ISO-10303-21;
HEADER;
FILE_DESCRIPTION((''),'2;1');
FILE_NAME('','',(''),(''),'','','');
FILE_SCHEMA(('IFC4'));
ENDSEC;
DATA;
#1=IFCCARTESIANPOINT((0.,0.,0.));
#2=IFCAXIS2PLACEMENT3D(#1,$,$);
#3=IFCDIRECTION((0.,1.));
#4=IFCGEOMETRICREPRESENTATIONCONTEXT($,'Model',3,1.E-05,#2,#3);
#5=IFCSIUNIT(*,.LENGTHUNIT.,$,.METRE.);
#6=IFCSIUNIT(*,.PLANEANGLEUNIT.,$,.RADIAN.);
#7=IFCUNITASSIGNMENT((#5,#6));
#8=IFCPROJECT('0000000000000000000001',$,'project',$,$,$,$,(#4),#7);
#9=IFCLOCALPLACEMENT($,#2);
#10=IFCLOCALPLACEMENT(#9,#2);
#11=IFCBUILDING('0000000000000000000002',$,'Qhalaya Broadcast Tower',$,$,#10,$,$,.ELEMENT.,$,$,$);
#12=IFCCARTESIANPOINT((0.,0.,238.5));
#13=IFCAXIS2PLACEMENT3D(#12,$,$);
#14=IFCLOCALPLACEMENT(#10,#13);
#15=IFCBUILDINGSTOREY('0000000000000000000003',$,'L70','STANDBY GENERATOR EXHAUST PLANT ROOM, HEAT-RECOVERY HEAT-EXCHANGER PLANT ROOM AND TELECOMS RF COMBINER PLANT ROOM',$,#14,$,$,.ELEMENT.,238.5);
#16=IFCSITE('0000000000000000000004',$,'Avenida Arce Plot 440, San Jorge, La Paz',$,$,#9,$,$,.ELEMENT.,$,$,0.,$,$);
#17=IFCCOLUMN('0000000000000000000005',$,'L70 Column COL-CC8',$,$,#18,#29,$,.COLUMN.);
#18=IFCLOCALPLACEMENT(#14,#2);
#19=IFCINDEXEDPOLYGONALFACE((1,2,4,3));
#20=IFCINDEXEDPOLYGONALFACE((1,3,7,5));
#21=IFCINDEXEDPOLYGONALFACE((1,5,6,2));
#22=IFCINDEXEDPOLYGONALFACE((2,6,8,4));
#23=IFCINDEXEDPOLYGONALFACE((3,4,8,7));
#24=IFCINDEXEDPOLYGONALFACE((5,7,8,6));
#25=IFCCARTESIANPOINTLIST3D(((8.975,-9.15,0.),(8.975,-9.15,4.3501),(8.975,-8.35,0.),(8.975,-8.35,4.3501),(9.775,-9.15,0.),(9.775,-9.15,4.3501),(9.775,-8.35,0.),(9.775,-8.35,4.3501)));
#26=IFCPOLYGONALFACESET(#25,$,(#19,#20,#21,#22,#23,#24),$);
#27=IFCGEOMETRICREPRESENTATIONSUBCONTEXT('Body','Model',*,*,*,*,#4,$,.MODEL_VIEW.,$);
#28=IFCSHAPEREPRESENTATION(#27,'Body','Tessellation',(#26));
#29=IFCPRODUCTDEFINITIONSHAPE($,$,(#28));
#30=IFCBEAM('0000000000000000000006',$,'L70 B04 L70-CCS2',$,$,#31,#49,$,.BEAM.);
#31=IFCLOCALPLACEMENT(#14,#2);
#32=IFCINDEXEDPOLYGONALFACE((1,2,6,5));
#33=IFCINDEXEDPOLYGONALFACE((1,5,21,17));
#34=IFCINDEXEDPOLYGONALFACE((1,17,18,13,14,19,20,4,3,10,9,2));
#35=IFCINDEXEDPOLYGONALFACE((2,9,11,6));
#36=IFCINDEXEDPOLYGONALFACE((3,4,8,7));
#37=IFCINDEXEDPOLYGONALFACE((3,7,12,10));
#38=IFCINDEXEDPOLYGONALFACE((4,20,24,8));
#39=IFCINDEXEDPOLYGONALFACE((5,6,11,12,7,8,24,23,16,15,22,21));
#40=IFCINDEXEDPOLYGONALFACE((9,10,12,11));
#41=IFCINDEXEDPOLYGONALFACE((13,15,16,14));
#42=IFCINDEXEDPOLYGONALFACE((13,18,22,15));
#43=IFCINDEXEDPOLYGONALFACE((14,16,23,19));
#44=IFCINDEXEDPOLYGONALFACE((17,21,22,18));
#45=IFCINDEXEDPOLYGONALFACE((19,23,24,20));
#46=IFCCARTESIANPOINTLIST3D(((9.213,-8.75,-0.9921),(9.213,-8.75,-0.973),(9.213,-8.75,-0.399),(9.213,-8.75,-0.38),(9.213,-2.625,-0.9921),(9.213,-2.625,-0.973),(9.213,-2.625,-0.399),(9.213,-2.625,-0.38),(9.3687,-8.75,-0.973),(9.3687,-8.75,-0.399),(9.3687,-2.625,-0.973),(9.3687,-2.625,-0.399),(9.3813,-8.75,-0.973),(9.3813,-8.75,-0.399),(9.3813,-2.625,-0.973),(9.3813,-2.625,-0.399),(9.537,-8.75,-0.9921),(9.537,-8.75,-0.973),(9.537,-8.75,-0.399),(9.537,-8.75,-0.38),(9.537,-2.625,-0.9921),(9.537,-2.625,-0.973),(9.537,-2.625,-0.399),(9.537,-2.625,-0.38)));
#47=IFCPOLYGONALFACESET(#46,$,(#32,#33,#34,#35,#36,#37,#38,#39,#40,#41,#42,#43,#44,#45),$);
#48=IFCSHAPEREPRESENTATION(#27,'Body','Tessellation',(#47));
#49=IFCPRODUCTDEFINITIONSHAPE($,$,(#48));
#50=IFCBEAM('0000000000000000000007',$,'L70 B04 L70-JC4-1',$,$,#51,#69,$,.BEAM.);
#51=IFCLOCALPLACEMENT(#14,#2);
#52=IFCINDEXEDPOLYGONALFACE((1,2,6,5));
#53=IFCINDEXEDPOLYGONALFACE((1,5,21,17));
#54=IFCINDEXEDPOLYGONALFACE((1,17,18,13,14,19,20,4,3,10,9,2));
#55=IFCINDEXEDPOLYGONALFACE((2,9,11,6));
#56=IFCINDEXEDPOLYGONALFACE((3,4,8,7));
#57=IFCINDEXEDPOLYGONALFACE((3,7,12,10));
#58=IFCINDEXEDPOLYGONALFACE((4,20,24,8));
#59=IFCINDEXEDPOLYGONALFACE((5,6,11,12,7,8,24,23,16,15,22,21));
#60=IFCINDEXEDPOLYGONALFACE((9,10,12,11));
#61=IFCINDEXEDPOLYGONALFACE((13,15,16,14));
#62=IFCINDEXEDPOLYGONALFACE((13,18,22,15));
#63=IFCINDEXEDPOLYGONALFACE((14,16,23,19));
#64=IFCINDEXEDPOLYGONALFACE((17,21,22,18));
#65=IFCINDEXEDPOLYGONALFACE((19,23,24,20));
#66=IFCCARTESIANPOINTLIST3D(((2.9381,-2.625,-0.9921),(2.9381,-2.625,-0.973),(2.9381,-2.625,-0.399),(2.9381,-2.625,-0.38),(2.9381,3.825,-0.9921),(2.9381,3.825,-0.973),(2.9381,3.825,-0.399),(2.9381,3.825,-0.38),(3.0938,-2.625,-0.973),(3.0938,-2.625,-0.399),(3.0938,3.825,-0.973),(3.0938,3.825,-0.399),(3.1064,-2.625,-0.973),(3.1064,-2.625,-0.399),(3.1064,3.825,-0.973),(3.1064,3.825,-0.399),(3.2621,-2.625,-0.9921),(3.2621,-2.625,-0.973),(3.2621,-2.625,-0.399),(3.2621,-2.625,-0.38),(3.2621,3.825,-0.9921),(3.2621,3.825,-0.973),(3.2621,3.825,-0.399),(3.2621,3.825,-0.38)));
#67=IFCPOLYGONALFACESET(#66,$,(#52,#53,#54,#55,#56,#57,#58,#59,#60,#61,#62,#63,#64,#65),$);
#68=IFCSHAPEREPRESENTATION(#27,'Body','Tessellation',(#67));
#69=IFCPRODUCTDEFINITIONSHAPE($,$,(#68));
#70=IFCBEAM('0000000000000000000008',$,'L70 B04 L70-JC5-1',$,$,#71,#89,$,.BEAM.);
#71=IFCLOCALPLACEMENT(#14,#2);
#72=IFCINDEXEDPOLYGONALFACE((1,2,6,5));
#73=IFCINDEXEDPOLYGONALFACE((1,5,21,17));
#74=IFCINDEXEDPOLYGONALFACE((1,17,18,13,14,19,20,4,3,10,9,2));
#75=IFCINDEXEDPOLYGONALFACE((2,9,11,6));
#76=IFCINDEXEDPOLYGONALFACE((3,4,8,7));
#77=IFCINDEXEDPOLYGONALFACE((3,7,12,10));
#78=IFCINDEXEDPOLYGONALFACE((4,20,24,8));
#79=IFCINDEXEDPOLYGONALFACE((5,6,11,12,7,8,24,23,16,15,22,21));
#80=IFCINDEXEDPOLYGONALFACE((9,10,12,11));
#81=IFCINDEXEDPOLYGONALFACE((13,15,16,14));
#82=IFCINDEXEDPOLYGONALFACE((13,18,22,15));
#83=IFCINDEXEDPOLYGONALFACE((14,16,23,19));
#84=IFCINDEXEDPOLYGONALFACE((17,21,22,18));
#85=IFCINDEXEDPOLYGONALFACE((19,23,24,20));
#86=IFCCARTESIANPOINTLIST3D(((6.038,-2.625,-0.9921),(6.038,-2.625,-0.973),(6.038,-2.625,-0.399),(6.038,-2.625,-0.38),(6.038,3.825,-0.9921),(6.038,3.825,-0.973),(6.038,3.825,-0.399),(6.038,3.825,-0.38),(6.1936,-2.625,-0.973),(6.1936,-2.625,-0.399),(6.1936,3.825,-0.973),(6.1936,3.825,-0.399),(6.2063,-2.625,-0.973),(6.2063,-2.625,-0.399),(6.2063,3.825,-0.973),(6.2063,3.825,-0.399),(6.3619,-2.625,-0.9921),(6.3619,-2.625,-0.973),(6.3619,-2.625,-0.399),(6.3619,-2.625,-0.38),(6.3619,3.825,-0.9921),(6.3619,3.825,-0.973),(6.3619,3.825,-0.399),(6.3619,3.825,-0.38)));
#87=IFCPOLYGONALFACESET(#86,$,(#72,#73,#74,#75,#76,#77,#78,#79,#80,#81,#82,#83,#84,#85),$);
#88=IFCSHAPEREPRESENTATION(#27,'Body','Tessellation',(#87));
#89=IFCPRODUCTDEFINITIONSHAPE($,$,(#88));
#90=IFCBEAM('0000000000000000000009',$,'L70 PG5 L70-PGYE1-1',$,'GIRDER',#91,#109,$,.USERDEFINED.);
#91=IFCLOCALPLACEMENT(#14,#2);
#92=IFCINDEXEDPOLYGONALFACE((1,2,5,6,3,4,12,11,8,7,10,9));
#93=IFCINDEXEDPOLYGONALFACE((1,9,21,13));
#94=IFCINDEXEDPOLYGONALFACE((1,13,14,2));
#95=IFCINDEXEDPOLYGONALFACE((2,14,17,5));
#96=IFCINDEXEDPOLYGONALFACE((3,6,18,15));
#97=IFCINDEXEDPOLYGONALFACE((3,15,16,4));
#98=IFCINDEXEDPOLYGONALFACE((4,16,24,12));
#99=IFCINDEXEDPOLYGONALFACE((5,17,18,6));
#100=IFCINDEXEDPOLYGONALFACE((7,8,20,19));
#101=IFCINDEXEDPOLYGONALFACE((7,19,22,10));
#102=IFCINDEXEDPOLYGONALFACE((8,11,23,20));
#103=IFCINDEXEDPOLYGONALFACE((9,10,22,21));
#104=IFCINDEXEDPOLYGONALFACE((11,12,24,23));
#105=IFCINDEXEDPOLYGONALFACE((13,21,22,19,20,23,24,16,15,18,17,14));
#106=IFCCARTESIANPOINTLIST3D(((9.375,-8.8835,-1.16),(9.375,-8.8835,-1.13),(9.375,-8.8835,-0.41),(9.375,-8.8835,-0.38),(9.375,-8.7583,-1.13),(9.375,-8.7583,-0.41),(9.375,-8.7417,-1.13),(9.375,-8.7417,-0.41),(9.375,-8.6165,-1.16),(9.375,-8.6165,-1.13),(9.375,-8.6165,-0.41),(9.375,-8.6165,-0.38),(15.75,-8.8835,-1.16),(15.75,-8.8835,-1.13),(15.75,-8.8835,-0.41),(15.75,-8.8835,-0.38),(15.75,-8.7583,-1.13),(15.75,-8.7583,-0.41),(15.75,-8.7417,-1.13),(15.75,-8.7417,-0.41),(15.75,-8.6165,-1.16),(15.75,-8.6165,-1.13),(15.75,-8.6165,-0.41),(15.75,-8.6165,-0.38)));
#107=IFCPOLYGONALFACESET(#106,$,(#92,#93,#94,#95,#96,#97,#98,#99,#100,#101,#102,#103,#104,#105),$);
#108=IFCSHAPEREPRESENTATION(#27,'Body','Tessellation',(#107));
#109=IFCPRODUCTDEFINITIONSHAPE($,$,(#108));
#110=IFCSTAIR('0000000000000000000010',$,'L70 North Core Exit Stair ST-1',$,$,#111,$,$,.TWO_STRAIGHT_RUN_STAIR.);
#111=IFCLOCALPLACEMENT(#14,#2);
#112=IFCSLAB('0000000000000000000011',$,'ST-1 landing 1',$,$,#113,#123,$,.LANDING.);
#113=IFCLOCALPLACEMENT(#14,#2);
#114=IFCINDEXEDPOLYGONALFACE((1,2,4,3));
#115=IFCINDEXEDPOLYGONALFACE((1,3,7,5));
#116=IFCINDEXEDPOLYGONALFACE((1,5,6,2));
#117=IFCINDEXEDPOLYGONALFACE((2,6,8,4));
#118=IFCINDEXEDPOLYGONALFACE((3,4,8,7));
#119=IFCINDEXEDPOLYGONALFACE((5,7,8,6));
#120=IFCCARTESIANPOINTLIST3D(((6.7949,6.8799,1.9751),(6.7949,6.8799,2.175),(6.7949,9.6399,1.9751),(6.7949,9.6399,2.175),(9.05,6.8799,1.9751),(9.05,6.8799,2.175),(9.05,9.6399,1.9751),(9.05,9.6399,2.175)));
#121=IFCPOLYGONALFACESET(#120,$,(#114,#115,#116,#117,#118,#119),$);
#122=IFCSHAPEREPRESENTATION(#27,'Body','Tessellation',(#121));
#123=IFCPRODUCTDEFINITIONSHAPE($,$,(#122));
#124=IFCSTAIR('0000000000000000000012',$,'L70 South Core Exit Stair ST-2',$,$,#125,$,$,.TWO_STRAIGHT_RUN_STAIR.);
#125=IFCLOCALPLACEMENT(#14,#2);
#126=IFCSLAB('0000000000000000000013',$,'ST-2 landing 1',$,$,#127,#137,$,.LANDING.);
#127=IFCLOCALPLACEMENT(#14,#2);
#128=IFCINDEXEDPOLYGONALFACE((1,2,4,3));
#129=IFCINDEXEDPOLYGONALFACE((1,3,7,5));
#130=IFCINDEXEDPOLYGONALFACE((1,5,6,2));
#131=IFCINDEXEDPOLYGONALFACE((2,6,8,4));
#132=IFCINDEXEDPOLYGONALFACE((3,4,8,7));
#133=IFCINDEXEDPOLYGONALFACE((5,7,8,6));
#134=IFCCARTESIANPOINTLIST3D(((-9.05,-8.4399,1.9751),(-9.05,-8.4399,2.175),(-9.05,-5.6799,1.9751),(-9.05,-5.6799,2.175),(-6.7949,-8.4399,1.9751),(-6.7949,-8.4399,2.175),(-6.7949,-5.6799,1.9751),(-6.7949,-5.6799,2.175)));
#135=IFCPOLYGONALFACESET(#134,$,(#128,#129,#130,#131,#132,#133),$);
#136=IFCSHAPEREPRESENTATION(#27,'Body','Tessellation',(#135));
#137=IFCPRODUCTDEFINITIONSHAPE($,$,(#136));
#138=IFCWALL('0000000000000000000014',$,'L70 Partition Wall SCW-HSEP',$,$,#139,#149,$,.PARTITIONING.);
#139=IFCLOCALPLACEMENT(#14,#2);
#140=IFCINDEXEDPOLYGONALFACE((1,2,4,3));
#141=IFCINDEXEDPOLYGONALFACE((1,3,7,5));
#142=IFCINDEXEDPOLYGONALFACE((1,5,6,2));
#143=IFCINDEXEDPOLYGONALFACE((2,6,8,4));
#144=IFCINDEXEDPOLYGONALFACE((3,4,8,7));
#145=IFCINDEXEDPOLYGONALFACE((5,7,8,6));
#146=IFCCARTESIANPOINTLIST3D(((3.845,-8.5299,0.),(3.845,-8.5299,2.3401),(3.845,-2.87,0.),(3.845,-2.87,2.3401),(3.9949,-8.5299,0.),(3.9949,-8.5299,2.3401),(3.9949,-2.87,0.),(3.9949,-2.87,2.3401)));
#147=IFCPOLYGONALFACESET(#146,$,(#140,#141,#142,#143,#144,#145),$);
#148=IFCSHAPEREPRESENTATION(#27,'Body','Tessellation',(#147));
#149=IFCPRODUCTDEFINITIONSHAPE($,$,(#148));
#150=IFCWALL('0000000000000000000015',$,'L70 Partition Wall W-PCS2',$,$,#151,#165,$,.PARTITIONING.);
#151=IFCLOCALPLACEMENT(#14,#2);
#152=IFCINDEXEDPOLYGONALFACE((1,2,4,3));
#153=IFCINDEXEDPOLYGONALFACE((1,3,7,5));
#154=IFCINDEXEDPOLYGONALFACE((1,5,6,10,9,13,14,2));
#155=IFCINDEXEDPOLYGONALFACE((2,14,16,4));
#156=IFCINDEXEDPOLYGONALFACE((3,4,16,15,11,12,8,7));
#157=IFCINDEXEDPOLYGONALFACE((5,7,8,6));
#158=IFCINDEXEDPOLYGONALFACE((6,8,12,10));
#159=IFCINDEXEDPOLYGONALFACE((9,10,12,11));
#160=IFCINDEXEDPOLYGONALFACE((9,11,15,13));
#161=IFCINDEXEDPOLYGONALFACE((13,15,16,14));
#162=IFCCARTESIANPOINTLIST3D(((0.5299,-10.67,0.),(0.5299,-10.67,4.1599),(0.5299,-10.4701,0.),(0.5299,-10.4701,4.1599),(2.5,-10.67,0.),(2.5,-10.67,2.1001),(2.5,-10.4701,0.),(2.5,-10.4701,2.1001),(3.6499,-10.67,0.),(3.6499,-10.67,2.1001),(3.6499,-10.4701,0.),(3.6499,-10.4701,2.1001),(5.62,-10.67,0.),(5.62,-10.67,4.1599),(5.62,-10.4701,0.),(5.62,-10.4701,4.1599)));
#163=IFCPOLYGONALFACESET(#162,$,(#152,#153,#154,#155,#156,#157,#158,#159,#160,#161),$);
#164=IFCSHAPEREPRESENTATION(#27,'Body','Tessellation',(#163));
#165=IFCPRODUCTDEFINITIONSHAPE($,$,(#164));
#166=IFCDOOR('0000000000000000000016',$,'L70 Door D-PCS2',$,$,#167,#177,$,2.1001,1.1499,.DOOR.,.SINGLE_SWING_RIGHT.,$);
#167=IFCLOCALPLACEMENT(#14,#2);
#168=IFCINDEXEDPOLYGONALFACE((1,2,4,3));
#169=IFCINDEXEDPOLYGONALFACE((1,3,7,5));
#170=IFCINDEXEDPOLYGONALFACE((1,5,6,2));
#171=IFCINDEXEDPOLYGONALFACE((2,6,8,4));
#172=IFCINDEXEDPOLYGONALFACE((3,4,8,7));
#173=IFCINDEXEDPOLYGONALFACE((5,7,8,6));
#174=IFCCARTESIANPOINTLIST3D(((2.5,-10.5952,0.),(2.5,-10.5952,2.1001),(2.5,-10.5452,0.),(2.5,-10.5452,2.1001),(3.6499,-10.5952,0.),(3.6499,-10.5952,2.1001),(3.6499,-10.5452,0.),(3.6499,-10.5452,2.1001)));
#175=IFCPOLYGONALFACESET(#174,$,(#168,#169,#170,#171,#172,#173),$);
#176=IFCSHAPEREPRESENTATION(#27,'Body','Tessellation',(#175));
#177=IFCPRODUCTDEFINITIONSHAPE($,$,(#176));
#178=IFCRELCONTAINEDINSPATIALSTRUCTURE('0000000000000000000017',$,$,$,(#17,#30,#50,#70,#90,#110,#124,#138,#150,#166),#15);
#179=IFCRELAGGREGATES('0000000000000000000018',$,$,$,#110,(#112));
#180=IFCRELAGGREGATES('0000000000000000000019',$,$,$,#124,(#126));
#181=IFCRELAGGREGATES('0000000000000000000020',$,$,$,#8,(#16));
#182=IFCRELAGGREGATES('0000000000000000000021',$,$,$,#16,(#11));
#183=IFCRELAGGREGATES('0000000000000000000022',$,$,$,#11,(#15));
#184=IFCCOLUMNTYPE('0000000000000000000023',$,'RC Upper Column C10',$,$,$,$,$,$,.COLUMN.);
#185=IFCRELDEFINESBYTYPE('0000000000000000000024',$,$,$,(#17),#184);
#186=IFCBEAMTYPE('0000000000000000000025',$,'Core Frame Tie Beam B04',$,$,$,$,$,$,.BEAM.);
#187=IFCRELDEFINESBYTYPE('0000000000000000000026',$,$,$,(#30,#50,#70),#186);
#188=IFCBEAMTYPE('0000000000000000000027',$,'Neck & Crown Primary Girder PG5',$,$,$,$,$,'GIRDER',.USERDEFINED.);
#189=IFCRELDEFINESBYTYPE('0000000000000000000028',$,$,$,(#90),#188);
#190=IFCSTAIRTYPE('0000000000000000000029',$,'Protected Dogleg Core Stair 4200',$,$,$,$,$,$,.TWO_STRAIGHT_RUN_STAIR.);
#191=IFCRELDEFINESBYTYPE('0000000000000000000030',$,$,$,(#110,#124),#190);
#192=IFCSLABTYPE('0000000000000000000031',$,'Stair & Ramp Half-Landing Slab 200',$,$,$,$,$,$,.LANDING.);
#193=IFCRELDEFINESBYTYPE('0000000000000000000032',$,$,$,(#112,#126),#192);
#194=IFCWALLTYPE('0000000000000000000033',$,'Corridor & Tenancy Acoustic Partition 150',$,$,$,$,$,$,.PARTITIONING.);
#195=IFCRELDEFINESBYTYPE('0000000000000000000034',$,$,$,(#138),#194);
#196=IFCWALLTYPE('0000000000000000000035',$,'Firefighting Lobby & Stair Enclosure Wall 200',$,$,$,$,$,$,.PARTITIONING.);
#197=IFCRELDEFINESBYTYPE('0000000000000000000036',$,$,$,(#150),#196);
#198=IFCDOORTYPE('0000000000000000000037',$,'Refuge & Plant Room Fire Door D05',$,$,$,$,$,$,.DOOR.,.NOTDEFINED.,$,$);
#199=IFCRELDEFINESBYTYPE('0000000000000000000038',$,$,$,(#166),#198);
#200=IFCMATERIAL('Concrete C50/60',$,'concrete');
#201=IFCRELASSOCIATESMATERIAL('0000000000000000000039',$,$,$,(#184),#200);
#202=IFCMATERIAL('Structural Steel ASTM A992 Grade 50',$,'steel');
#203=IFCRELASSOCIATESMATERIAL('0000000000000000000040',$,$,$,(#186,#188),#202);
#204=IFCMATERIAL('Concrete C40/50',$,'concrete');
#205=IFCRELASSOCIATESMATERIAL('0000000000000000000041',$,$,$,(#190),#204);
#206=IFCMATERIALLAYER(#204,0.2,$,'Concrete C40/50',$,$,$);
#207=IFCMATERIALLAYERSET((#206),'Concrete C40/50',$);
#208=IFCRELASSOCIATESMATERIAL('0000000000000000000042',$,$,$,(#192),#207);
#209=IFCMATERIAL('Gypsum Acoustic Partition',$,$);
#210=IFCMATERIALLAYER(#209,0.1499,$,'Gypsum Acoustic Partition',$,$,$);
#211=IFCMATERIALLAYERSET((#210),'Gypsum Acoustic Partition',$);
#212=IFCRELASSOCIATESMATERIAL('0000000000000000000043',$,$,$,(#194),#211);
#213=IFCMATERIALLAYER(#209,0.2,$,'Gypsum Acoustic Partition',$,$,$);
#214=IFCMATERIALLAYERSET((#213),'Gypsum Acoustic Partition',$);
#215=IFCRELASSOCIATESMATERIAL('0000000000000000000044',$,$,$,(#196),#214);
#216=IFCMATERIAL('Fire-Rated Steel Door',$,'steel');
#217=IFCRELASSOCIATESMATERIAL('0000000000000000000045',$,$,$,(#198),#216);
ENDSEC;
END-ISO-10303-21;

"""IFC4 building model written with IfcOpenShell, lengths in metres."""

from ifc_helpers import new_model, si_unit, direction, frame, frame_2d, origin, origin_2d, place, context, subcontext, project, spatial, polyline, rectangle, i_section, outline, extrude, material, layer, layer_set, material_profile, profile_set, type_object, element, fill, aggregate, save


model = new_model("IFC4")

# Units and contexts
model_context = context("Model", 3, precision=1e-05, world=origin(), true_north=direction((0.0, 1.0)))
body_context = subcontext(model_context, "Body", "Model", "MODEL_VIEW")
ifc_project = project(units=[si_unit("LENGTHUNIT", "METRE"), si_unit("PLANEANGLEUNIT", "RADIAN")], contexts=[model_context])

# Site, building, storey
site_placement = place(None, origin())
site = spatial("IfcSite", under=ifc_project, at=site_placement, Name="Avenida Arce Plot 440, San Jorge, La Paz", CompositionType="ELEMENT", RefElevation=0.0)
building_placement = place(site_placement, origin())
building = spatial("IfcBuilding", under=site, at=building_placement, Name="Qhalaya Broadcast Tower", CompositionType="ELEMENT")
storey_placement = place(building_placement, frame((0.0, 0.0, 238.5)))
storey = spatial("IfcBuildingStorey", under=building, at=storey_placement, Name="L70", Description="STANDBY GENERATOR EXHAUST PLANT ROOM, HEAT-RECOVERY HEAT-EXCHANGER PLANT ROOM AND TELECOMS RF COMBINER PLANT ROOM", CompositionType="ELEMENT", Elevation=238.5)

# Column
ifc_material_1 = material(Name="Concrete C50/60", Category="concrete")
ifc_material_profile_1 = material_profile(ifc_material_1, rectangle(XDim=0.8, YDim=0.8, at=origin_2d()), Name="RC-COL 800x800")
ifc_profile_set_1 = profile_set([ifc_material_profile_1], Name="Concrete C50/60")
column_type = type_object("IfcColumnType", Name="RC Upper Column C10", PredefinedType="COLUMN", material=ifc_profile_set_1)
column_placement = place(storey_placement, frame((9.375, -8.75, 0.0), z_axis=(0.0, 0.0, 1.0), x_axis=(1.0, 0.0, 0.0)))
element("IfcColumn", 1, at=column_placement, inside=storey, type_object=column_type, Name="L70 Column COL-CC8", PredefinedType="COLUMN", context=body_context, shape_type="SweptSolid", body=[
    extrude(rectangle(XDim=0.8, YDim=0.8, at=origin_2d()), origin(), (0.0, 0.0, 1.0), 4.3501),
])

# Beams
ifc_material_2 = material(Name="Structural Steel ASTM A992 Grade 50", Category="steel")
ifc_material_profile_2 = material_profile(ifc_material_2, i_section(OverallWidth=0.324, OverallDepth=0.6121, WebThickness=0.0127, FlangeThickness=0.019, at=origin_2d()), Name="W24X104")
ifc_profile_set_2 = profile_set([ifc_material_profile_2], Name="Structural Steel ASTM A992 Grade 50")
beam_type_1 = type_object("IfcBeamType", Name="Core Frame Tie Beam B04", PredefinedType="BEAM", material=ifc_profile_set_2)
beam_1_placement = place(storey_placement, frame((9.375, -8.75, -0.686), z_axis=(0.0, 1.0, 0.0), x_axis=(-1.0, 0.0, 0.0)))
element("IfcBeam", 2, at=beam_1_placement, inside=storey, type_object=beam_type_1, Name="L70 B04 L70-CCS2", PredefinedType="BEAM", context=body_context, shape_type="SweptSolid", body=[
    extrude(i_section(OverallWidth=0.324, OverallDepth=0.6121, WebThickness=0.0127, FlangeThickness=0.019, at=origin_2d()), origin(), (0.0, 0.0, 1.0), 6.125),
])
for number, where, z_axis, x_axis, name in (
    (3, (3.1001, -2.625, -0.686), (0.0, 1.0, 0.0), (-1.0, 0.0, 0.0), "L70 B04 L70-JC4-1"),
    (4, (6.2, -2.625, -0.686), (0.0, 1.0, 0.0), (-1.0, 0.0, 0.0), "L70 B04 L70-JC5-1"),
):
    element("IfcBeam", number, at=place(storey_placement, frame(where, z_axis=z_axis, x_axis=x_axis)), inside=storey, type_object=beam_type_1, Name=name, PredefinedType="BEAM", context=body_context, shape_type="SweptSolid", body=[
        extrude(i_section(OverallWidth=0.324, OverallDepth=0.6121, WebThickness=0.0127, FlangeThickness=0.019, at=origin_2d()), origin(), (0.0, 0.0, 1.0), 6.45),
    ])
ifc_material_profile_3 = material_profile(ifc_material_2, i_section(OverallWidth=0.2671, OverallDepth=0.78, WebThickness=0.0166, FlangeThickness=0.03, at=origin_2d()), Name="W30X148")
ifc_profile_set_3 = profile_set([ifc_material_profile_3], Name="Structural Steel ASTM A992 Grade 50")
beam_type_2 = type_object("IfcBeamType", Name="Neck & Crown Primary Girder PG5", ElementType="GIRDER", PredefinedType="USERDEFINED", material=ifc_profile_set_3)
beam_2_placement = place(storey_placement, frame((9.375, -8.75, -0.77), z_axis=(1.0, 0.0, 0.0), x_axis=(0.0, 1.0, 0.0)))
element("IfcBeam", 5, at=beam_2_placement, inside=storey, type_object=beam_type_2, Name="L70 PG5 L70-PGYE1-1", ObjectType="GIRDER", PredefinedType="USERDEFINED", context=body_context, shape_type="SweptSolid", body=[
    extrude(i_section(OverallWidth=0.2671, OverallDepth=0.78, WebThickness=0.0166, FlangeThickness=0.03, at=origin_2d()), origin(), (0.0, 0.0, 1.0), 6.375),
])

# Stairs, slabs
ifc_material_3 = material(Name="Concrete C40/50", Category="concrete")
stair_type = type_object("IfcStairType", Name="Protected Dogleg Core Stair 4200", PredefinedType="TWO_STRAIGHT_RUN_STAIR", material=ifc_material_3)
stair_1_placement = place(storey_placement, origin())
stair_1 = element("IfcStair", 6, at=stair_1_placement, inside=storey, type_object=stair_type, Name="L70 North Core Exit Stair ST-1", PredefinedType="TWO_STRAIGHT_RUN_STAIR")
ifc_layer_1 = layer(ifc_material_3, 0.2, Name="Concrete C40/50")
ifc_layer_set_1 = layer_set([ifc_layer_1], Name="Concrete C40/50")
slab_type = type_object("IfcSlabType", Name="Stair & Ramp Half-Landing Slab 200", PredefinedType="LANDING", material=ifc_layer_set_1)
slab_1_placement = place(storey_placement, frame((0.0, 0.0, 1.9751)))
slab_1 = element("IfcSlab", 7, at=slab_1_placement, type_object=slab_type, Name="ST-1 landing 1", PredefinedType="LANDING", context=body_context, shape_type="SweptSolid", body=[
    extrude(outline(polyline([(6.7949, 6.8799), (9.05, 6.8799), (9.05, 9.6399), (6.7949, 9.6399), (6.7949, 6.8799)])), origin(), (0.0, 0.0, 1.0), 0.2),
])
aggregate(stair_1, [slab_1])
stair_2_placement = place(storey_placement, origin())
stair_2 = element("IfcStair", 8, at=stair_2_placement, inside=storey, type_object=stair_type, Name="L70 South Core Exit Stair ST-2", PredefinedType="TWO_STRAIGHT_RUN_STAIR")
slab_2_placement = place(storey_placement, frame((0.0, 0.0, 1.9751)))
slab_2 = element("IfcSlab", 9, at=slab_2_placement, type_object=slab_type, Name="ST-2 landing 1", PredefinedType="LANDING", context=body_context, shape_type="SweptSolid", body=[
    extrude(outline(polyline([(-6.7949, -5.6799), (-9.05, -5.6799), (-9.05, -8.4399), (-6.7949, -8.4399), (-6.7949, -5.6799)])), origin(), (0.0, 0.0, 1.0), 0.2),
])
aggregate(stair_2, [slab_2])

# Wall
ifc_material_4 = material(Name="Gypsum Acoustic Partition")
ifc_layer_2 = layer(ifc_material_4, 0.1499, Name="Gypsum Acoustic Partition")
ifc_layer_set_2 = layer_set([ifc_layer_2], Name="Gypsum Acoustic Partition")
wall_type_1 = type_object("IfcWallType", Name="Corridor & Tenancy Acoustic Partition 150", PredefinedType="PARTITIONING", material=ifc_layer_set_2)
wall_1_placement = place(storey_placement, frame((3.9199, -8.53, 0.0), z_axis=(0.0, 0.0, 1.0), x_axis=(0.0, 1.0, 0.0)))
element("IfcWall", 10, at=wall_1_placement, inside=storey, type_object=wall_type_1, Name="L70 Partition Wall SCW-HSEP", PredefinedType="PARTITIONING", context=body_context, shape_type="SweptSolid", body=[
    extrude(rectangle(XDim=5.6599, YDim=0.1499, at=frame_2d((2.8301, 0.0))), origin(), (0.0, 0.0, 1.0), 2.3401),
])

# Wall, opening, door
ifc_layer_3 = layer(ifc_material_4, 0.2, Name="Gypsum Acoustic Partition")
ifc_layer_set_3 = layer_set([ifc_layer_3], Name="Gypsum Acoustic Partition")
wall_type_2 = type_object("IfcWallType", Name="Firefighting Lobby & Stair Enclosure Wall 200", PredefinedType="PARTITIONING", material=ifc_layer_set_3)
wall_2_placement = place(storey_placement, frame((0.53, -10.5701, 0.0), z_axis=(0.0, 0.0, 1.0), x_axis=(1.0, 0.0, 0.0)))
wall_2 = element("IfcWall", 11, at=wall_2_placement, inside=storey, type_object=wall_type_2, Name="L70 Partition Wall W-PCS2", PredefinedType="PARTITIONING", context=body_context, shape_type="SweptSolid", body=[
    extrude(rectangle(XDim=5.0901, YDim=0.2, at=frame_2d((2.5449, 0.0))), origin(), (0.0, 0.0, 1.0), 4.1599),
])
opening_1_placement = place(wall_2_placement, frame((1.97, 0.0, 0.0)))
opening_1 = element("IfcOpeningElement", 12, at=opening_1_placement, cuts=wall_2, PredefinedType="OPENING", context=body_context, shape_type="SweptSolid", body=[
    extrude(rectangle(XDim=1.1499, YDim=2.1001, at=frame_2d((0.575, 1.05))), frame((0.0, 0.1121, 0.0), z_axis=(0.0, -1.0, 0.0), x_axis=(1.0, 0.0, 0.0)), (0.0, 0.0, 1.0), 0.2239),
])
ifc_material_5 = material(Name="Fire-Rated Steel Door", Category="steel")
door_type_1 = type_object("IfcDoorType", Name="Refuge & Plant Room Fire Door D05", OperationType="NOTDEFINED", PredefinedType="DOOR", material=ifc_material_5)
door_1_placement = place(opening_1_placement, origin())
door_1 = element("IfcDoor", 13, at=door_1_placement, inside=storey, type_object=door_type_1, Name="L70 Door D-PCS2", OperationType="SINGLE_SWING_RIGHT", OverallHeight=2.1001, OverallWidth=1.1499, PredefinedType="DOOR", context=body_context, shape_type="SweptSolid", body=[
    extrude(rectangle(XDim=1.1499, YDim=2.1001, at=frame_2d((0.575, 1.05))), frame((0.0, 0.0249, 0.0), z_axis=(0.0, -1.0, 0.0), x_axis=(1.0, 0.0, 0.0)), (0.0, 0.0, 1.0), 0.05),
])
fill(opening_1, door_1)

save(model, "model.ifc")
